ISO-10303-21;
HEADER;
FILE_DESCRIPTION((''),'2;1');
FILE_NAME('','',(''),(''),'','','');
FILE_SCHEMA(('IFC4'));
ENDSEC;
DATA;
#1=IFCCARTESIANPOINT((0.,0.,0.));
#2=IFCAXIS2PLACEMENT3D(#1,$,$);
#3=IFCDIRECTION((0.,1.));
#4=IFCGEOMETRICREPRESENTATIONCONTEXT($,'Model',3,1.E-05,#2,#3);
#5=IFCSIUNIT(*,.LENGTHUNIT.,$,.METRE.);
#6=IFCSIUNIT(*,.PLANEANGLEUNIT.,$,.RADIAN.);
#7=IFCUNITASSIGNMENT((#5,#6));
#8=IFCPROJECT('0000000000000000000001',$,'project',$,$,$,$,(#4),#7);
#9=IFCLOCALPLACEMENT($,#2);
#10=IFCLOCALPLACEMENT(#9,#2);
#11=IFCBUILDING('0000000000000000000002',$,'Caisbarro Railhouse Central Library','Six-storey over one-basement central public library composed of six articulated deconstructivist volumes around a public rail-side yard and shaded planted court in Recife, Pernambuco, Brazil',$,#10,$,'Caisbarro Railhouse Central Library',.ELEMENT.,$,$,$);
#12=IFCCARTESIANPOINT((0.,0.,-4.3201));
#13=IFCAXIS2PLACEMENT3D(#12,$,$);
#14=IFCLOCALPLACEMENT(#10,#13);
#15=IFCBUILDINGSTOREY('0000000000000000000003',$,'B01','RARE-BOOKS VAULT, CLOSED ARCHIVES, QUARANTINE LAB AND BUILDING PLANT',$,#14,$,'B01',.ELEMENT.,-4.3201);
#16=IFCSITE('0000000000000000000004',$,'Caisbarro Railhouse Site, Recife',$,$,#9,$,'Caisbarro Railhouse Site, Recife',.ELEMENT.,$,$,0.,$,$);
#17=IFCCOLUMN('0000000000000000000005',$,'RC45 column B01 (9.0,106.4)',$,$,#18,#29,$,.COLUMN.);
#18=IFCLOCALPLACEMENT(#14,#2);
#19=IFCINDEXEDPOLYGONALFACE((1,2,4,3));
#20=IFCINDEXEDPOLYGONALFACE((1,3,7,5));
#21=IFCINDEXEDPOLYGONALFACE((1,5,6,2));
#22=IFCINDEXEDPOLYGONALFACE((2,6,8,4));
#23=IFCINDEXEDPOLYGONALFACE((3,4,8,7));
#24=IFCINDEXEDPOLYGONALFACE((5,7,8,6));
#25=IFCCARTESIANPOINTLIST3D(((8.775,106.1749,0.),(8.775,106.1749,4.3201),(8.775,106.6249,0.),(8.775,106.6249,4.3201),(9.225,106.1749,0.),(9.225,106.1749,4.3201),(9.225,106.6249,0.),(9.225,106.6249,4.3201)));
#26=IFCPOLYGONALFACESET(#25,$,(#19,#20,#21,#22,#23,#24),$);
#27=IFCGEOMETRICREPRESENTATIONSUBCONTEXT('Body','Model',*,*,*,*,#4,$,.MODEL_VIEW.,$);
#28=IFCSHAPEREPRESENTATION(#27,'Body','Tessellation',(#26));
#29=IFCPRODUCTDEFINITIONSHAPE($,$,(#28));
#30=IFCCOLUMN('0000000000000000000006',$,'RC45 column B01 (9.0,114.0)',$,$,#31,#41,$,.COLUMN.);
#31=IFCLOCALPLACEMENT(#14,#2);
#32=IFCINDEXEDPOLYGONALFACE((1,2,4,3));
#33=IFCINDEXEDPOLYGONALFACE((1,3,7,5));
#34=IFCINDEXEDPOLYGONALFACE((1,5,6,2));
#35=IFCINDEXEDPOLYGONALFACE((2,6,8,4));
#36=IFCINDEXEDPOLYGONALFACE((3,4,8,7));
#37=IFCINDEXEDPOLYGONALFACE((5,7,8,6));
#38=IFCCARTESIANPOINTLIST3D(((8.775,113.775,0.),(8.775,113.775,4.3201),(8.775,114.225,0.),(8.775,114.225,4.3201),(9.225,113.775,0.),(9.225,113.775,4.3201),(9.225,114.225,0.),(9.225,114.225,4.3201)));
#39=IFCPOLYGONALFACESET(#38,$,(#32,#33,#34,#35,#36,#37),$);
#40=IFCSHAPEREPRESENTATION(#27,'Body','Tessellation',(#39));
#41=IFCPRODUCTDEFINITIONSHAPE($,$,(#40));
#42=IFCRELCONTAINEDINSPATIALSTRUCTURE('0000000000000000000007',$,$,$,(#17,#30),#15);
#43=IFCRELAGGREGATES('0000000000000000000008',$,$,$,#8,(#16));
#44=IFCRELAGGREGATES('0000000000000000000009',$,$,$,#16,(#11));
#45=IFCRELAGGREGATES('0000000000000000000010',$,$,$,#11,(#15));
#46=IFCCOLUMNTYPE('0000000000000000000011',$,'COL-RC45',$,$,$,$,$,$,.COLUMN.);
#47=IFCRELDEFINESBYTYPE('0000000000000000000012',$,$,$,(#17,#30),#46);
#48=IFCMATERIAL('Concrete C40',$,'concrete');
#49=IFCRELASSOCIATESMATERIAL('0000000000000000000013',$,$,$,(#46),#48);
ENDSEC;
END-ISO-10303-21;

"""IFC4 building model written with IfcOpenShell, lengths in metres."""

from ifc_helpers import new_model, si_unit, direction, frame, origin, origin_2d, place, context, subcontext, project, spatial, rectangle, extrude, material, material_profile, profile_set, type_object, element, save


model = new_model("IFC4")

# Units and contexts
model_context = context("Model", 3, precision=1e-05, world=origin(), true_north=direction((0.0, 1.0)))
body_context = subcontext(model_context, "Body", "Model", "MODEL_VIEW")
ifc_project = project(units=[si_unit("LENGTHUNIT", "METRE"), si_unit("PLANEANGLEUNIT", "RADIAN")], contexts=[model_context])

# Site, building, storey
site_placement = place(None, origin())
site = spatial("IfcSite", under=ifc_project, at=site_placement, Name="Caisbarro Railhouse Site, Recife", LongName="Caisbarro Railhouse Site, Recife", CompositionType="ELEMENT", RefElevation=0.0)
building_placement = place(site_placement, origin())
building = spatial("IfcBuilding", under=site, at=building_placement, Name="Caisbarro Railhouse Central Library", Description="Six-storey over one-basement central public library composed of six articulated deconstructivist volumes around a public rail-side yard and shaded planted court in Recife, Pernambuco, Brazil", LongName="Caisbarro Railhouse Central Library", CompositionType="ELEMENT")
storey_placement = place(building_placement, frame((0.0, 0.0, -4.3201)))
storey = spatial("IfcBuildingStorey", under=building, at=storey_placement, Name="B01", Description="RARE-BOOKS VAULT, CLOSED ARCHIVES, QUARANTINE LAB AND BUILDING PLANT", LongName="B01", CompositionType="ELEMENT", Elevation=-4.3201)

# Shared definitions
ifc_material_1 = material(Name="Concrete C40", Category="concrete")

# Columns
ifc_material_profile_1 = material_profile(ifc_material_1, rectangle(XDim=0.45, YDim=0.45, at=origin_2d()), Name="RC-COL-450X450")
ifc_profile_set_1 = profile_set([ifc_material_profile_1], Name="Concrete C40")
column_type = type_object("IfcColumnType", Name="COL-RC45", PredefinedType="COLUMN", material=ifc_profile_set_1)
for number, where, z_axis, x_axis, name in (
    (1, (9.0, 106.3999, 0.0), (0.0, 0.0, 1.0), (1.0, 0.0, 0.0), "RC45 column B01 (9.0,106.4)"),
    (2, (9.0, 114.0, 0.0), (0.0, 0.0, 1.0), (1.0, 0.0, 0.0), "RC45 column B01 (9.0,114.0)"),
):
    element("IfcColumn", number, at=place(storey_placement, frame(where, z_axis=z_axis, x_axis=x_axis)), inside=storey, type_object=column_type, Name=name, PredefinedType="COLUMN", context=body_context, shape_type="SweptSolid", body=[
        extrude(rectangle(XDim=0.45, YDim=0.45, at=origin_2d()), origin(), (0.0, 0.0, 1.0), 4.3201),
    ])

save(model, "model.ifc")
